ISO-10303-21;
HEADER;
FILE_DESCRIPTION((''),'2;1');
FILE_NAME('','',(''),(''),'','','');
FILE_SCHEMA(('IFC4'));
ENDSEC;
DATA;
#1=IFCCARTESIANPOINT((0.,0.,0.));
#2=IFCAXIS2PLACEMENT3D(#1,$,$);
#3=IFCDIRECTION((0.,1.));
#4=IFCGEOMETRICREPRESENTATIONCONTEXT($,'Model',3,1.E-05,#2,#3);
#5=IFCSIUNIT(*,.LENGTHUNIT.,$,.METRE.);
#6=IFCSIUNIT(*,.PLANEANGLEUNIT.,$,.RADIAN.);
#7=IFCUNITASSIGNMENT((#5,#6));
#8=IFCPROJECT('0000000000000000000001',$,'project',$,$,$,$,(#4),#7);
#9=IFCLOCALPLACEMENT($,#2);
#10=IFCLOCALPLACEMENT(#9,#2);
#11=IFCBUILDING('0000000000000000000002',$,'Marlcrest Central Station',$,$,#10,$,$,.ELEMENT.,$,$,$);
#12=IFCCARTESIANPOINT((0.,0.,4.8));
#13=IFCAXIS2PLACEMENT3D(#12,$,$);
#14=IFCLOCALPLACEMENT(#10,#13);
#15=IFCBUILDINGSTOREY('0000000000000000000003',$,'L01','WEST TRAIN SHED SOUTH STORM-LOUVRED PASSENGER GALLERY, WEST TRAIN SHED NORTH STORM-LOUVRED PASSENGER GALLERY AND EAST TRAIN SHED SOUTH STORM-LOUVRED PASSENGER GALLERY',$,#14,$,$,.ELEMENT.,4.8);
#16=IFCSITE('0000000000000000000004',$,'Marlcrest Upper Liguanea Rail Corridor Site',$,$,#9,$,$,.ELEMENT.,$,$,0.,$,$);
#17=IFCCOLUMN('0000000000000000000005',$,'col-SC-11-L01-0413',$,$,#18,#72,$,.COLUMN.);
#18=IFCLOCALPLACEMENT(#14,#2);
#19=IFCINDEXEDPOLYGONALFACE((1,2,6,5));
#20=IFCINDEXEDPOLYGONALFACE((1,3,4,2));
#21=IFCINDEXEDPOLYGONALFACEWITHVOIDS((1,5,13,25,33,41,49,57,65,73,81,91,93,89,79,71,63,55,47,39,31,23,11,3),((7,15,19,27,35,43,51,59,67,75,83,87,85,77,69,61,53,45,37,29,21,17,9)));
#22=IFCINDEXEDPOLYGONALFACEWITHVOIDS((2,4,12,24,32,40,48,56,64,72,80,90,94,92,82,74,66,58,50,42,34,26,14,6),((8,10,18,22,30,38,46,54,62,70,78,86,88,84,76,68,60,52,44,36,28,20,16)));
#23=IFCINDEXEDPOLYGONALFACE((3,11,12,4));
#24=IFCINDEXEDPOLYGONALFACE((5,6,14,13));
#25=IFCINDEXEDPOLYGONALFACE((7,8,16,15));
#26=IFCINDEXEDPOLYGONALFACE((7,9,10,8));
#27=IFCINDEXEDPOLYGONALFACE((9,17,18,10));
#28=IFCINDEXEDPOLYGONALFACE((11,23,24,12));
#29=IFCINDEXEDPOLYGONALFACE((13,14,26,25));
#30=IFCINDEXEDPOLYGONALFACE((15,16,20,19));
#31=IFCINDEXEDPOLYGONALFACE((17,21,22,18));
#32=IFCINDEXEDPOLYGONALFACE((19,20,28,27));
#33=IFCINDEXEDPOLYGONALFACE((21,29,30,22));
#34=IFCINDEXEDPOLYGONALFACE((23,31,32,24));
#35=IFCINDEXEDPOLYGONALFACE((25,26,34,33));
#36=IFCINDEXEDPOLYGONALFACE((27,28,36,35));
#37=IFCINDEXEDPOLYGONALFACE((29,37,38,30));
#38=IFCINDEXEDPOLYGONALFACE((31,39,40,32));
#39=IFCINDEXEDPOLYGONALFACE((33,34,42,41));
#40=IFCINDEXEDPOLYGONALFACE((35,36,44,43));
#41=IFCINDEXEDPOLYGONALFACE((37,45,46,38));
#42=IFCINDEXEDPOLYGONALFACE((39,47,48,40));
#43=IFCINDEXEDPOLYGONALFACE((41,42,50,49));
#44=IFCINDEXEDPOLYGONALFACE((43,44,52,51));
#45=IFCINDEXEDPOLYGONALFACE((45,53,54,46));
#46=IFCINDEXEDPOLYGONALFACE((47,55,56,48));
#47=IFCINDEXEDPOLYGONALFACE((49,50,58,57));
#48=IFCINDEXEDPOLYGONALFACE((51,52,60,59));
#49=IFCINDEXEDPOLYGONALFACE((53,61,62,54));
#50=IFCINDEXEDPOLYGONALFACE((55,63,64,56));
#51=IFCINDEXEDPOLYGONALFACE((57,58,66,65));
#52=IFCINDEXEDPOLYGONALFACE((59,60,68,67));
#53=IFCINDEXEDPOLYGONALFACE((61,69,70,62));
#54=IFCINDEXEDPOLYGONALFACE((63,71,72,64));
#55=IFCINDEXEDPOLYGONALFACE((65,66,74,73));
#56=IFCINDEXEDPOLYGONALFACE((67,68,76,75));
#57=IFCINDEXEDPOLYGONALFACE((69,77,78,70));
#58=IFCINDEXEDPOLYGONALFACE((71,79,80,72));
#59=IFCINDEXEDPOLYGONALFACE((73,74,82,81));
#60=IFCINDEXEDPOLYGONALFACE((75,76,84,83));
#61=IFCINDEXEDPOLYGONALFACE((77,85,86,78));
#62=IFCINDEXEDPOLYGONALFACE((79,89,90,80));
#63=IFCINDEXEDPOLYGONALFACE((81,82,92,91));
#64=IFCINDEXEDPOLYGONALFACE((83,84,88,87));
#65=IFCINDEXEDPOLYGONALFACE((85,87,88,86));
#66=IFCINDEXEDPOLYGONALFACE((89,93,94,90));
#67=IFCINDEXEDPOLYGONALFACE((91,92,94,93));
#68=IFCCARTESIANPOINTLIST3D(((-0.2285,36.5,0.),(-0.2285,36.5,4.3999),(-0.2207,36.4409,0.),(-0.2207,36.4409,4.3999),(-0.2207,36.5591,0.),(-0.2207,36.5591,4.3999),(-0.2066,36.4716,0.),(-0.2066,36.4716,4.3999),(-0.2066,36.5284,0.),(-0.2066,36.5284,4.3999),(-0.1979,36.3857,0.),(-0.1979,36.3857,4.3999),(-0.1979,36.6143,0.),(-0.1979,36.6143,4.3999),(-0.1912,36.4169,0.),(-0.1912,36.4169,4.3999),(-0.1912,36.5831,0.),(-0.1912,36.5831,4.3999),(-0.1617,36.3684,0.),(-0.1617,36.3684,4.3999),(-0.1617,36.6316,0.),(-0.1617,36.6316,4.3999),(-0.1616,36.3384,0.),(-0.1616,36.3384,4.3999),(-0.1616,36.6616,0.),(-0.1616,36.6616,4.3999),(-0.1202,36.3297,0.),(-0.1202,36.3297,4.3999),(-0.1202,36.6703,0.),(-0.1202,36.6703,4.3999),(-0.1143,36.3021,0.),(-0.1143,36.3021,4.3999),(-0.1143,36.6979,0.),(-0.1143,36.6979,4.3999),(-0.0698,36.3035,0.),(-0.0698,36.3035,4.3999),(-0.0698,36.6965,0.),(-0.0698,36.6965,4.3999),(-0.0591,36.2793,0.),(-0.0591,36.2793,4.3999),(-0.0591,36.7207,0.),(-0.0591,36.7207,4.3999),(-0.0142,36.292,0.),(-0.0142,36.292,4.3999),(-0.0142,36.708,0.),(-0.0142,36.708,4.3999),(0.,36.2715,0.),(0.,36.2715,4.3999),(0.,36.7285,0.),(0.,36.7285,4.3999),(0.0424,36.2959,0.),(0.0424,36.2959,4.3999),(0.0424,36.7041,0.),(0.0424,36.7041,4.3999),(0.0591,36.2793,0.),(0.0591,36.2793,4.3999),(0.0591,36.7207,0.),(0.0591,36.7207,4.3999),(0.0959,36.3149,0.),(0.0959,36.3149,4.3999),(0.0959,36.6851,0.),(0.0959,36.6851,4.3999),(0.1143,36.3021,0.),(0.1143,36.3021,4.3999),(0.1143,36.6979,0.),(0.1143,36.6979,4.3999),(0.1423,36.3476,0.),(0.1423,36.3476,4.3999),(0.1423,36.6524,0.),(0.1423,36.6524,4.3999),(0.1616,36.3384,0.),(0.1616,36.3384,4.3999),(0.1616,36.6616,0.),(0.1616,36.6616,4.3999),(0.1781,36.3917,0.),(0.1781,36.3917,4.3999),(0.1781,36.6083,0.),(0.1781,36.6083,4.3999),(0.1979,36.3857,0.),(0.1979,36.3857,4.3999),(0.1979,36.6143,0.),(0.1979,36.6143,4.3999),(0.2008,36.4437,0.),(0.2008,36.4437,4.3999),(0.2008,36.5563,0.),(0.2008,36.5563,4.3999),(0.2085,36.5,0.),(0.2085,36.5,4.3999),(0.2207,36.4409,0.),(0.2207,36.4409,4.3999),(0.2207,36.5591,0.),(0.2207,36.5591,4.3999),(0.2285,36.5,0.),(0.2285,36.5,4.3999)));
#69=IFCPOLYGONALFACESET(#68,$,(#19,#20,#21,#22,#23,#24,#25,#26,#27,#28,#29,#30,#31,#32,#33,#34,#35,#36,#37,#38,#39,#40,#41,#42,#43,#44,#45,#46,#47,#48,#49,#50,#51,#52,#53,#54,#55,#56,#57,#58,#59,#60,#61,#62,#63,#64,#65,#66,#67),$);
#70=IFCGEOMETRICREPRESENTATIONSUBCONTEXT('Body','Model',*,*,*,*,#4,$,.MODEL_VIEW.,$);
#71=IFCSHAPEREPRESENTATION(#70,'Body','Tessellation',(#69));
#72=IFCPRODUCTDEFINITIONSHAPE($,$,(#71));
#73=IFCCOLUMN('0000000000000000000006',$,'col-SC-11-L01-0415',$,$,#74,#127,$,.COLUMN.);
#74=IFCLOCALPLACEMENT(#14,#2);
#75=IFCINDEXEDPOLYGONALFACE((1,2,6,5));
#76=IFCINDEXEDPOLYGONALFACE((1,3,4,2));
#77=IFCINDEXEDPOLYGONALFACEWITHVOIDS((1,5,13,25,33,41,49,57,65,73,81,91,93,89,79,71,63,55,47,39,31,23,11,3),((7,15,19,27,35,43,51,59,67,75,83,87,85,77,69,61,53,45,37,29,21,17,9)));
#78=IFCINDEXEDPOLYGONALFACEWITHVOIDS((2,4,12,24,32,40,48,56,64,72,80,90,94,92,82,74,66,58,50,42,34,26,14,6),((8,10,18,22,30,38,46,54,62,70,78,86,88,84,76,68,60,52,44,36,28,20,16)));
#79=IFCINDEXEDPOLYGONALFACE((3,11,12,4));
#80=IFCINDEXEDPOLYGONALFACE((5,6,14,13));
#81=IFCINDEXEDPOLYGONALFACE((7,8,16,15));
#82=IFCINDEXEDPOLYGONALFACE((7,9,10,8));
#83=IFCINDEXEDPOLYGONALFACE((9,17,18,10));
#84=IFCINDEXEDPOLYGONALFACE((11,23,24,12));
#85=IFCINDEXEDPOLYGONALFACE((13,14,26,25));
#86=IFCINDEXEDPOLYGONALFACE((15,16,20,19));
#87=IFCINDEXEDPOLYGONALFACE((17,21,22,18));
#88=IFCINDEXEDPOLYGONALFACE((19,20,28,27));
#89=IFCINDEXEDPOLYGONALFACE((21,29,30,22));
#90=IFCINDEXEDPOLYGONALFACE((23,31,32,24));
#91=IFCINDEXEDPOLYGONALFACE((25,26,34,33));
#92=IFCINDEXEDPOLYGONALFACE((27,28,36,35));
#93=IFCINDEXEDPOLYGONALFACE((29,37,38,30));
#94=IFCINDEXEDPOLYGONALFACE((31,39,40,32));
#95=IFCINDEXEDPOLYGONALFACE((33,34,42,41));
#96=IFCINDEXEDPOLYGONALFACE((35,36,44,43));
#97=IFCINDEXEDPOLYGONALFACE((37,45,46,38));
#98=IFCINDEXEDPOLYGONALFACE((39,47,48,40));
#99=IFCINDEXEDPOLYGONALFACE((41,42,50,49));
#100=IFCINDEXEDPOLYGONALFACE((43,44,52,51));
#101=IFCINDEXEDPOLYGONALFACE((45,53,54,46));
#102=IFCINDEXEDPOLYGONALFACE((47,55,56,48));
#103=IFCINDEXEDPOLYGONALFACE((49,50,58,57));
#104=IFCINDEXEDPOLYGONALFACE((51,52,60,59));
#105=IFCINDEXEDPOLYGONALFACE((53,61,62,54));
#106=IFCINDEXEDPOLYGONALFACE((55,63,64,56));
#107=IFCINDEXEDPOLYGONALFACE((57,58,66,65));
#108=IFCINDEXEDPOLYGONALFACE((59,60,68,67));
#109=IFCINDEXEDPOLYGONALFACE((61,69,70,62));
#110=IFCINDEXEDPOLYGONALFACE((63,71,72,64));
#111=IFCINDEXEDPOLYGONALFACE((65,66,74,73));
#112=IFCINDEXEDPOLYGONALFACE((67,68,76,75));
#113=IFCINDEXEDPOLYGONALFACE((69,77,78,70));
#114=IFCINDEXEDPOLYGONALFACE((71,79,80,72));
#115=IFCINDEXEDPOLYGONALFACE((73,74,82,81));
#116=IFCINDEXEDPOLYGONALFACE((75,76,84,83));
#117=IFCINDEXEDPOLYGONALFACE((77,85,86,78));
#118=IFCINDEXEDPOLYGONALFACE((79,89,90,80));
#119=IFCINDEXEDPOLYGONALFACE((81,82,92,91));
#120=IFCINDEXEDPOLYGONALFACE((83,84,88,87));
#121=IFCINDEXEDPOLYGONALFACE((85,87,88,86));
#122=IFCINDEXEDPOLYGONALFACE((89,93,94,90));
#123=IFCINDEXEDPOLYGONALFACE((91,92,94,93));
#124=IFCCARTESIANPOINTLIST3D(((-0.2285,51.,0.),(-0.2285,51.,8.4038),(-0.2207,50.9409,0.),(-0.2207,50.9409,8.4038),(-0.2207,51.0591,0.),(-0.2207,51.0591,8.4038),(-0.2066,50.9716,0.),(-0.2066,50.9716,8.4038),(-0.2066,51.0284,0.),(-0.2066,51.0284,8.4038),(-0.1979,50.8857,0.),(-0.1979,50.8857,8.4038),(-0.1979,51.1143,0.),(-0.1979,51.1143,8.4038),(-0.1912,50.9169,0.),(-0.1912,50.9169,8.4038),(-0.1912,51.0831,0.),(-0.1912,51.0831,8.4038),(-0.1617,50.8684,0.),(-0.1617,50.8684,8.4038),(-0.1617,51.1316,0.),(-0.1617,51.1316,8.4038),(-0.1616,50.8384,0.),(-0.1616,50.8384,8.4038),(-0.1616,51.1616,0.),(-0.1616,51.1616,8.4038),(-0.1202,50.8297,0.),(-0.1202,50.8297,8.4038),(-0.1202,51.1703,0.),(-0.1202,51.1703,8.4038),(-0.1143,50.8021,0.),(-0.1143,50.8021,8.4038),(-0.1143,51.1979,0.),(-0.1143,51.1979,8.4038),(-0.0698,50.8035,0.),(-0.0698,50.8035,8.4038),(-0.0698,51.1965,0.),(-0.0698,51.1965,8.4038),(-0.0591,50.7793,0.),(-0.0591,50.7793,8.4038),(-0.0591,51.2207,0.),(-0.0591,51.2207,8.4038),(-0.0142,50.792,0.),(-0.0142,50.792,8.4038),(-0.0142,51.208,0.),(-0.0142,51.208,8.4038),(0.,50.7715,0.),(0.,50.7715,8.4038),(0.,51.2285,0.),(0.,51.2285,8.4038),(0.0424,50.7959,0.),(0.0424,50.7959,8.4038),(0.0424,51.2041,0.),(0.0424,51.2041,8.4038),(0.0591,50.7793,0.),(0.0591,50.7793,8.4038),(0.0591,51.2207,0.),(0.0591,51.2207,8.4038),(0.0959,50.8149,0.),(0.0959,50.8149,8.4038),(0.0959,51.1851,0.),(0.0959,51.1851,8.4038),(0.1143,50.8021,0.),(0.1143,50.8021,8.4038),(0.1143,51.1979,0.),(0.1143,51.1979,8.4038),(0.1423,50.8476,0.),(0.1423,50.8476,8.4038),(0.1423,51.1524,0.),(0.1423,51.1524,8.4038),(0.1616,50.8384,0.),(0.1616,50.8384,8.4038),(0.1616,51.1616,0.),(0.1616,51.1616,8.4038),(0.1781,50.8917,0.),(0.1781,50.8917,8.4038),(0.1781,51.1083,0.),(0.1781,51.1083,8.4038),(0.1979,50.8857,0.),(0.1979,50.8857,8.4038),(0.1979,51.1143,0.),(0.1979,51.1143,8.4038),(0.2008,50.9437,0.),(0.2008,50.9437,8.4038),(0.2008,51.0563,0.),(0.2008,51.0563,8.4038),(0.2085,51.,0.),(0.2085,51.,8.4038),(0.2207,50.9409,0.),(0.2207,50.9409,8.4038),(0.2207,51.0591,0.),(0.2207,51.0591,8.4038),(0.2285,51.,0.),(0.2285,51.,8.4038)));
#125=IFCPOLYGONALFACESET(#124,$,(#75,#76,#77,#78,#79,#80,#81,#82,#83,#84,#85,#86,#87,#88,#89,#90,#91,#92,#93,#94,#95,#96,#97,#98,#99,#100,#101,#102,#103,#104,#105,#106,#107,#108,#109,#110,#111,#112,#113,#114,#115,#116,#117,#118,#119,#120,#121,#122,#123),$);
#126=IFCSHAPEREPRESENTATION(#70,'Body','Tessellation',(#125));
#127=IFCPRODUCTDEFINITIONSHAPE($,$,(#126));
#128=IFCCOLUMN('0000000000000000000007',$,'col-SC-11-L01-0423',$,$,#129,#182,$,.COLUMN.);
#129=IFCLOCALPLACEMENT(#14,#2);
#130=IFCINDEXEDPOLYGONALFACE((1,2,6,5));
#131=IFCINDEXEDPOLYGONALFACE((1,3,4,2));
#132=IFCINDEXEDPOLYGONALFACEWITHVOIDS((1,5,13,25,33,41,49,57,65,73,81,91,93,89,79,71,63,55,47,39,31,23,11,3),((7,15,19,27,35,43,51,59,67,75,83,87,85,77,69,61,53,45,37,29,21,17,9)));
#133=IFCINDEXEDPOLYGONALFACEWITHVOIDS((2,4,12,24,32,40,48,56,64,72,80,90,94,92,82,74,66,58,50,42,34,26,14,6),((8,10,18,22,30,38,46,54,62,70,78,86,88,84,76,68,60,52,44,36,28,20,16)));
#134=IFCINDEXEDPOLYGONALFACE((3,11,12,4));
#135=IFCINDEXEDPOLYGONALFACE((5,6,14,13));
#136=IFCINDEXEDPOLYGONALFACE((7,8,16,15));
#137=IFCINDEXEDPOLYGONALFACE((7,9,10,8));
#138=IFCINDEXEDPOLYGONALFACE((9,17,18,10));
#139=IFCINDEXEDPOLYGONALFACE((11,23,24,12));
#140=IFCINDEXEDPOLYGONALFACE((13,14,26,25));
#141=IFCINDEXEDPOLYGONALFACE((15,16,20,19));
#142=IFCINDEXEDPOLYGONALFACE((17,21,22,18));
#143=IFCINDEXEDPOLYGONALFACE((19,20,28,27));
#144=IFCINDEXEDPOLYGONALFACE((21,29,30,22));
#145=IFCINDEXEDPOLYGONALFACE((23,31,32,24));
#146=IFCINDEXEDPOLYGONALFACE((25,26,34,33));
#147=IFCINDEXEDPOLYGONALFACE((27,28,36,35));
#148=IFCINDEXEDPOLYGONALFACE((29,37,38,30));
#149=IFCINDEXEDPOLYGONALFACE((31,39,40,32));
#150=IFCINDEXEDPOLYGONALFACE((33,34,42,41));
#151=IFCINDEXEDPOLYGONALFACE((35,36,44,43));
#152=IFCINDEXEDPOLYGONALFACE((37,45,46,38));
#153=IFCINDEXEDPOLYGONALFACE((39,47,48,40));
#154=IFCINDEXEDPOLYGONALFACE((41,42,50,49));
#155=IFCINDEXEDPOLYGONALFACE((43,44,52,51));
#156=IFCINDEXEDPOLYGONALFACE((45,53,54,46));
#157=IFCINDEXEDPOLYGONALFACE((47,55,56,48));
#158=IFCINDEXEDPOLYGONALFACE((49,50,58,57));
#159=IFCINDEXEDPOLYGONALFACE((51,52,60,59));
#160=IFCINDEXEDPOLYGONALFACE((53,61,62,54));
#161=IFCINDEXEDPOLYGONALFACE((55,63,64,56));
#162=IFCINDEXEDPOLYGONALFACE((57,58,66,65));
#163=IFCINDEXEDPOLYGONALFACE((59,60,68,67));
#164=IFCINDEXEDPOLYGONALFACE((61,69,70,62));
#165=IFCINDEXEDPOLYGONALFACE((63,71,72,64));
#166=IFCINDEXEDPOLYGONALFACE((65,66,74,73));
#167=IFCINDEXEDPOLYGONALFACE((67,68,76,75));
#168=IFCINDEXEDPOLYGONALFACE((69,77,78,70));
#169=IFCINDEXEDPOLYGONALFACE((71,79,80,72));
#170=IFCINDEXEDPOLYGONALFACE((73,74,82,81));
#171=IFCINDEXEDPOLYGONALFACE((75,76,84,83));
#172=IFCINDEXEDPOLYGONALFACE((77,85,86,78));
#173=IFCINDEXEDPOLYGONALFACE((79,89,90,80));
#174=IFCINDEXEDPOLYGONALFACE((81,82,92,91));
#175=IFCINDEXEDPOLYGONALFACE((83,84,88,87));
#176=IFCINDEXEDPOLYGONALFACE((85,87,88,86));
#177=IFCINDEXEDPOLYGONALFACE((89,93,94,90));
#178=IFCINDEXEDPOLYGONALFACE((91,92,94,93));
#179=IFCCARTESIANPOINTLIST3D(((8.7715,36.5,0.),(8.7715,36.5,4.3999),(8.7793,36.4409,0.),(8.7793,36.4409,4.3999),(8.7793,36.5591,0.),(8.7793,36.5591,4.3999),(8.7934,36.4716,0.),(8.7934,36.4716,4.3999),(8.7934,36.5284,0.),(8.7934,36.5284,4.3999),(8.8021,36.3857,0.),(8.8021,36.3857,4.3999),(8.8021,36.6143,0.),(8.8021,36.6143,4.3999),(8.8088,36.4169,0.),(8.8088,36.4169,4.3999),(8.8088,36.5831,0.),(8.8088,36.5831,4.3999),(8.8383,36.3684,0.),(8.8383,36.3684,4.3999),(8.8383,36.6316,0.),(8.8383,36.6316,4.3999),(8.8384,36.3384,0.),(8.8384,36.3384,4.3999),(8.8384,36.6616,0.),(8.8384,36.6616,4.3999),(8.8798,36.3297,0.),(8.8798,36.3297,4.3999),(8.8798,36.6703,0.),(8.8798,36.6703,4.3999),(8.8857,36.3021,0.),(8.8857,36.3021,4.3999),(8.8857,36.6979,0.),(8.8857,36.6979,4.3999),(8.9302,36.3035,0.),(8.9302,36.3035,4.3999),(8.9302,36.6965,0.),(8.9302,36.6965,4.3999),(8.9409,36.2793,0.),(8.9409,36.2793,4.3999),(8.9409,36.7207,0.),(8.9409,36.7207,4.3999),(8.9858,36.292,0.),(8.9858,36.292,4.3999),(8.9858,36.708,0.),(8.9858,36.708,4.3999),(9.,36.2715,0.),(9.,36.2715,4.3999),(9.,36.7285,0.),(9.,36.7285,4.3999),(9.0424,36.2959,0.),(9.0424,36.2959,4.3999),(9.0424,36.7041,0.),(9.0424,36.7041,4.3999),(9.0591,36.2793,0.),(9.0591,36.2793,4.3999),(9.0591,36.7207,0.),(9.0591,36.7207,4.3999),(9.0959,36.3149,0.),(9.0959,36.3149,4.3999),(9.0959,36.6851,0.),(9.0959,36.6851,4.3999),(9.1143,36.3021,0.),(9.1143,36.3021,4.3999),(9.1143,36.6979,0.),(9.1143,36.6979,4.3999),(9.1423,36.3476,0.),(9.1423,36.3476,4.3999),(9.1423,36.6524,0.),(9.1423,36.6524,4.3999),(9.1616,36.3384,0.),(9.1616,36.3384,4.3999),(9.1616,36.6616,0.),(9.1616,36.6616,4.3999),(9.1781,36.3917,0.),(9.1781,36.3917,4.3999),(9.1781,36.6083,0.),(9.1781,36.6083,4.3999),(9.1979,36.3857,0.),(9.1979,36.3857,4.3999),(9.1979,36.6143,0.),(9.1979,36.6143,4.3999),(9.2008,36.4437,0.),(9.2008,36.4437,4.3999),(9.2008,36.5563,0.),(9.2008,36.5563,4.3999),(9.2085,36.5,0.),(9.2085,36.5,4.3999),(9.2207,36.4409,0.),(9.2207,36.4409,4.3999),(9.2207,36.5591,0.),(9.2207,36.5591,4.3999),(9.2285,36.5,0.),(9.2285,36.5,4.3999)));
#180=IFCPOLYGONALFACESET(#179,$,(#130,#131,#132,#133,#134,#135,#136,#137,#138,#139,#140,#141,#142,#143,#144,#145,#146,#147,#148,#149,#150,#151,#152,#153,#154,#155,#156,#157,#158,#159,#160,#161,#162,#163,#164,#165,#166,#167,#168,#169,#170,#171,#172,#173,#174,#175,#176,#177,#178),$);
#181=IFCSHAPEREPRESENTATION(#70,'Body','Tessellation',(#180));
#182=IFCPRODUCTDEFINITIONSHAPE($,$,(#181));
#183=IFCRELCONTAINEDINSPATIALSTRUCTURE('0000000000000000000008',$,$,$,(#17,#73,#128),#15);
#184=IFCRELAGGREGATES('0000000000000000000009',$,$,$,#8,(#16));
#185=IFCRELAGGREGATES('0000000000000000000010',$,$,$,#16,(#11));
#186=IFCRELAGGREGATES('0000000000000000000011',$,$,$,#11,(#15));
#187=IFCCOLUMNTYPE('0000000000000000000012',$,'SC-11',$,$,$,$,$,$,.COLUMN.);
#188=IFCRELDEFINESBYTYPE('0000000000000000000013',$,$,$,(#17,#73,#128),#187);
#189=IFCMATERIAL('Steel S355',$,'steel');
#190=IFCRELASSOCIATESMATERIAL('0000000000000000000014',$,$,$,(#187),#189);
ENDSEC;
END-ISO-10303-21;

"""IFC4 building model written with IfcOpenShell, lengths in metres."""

from ifc_helpers import new_model, si_unit, direction, frame, origin, origin_2d, place, context, subcontext, project, spatial, hollow_circle, extrude, material, material_profile, profile_set, type_object, element, save


model = new_model("IFC4")

# Units and contexts
model_context = context("Model", 3, precision=1e-05, world=origin(), true_north=direction((0.0, 1.0)))
body_context = subcontext(model_context, "Body", "Model", "MODEL_VIEW")
ifc_project = project(units=[si_unit("LENGTHUNIT", "METRE"), si_unit("PLANEANGLEUNIT", "RADIAN")], contexts=[model_context])

# Site, building, storey
site_placement = place(None, origin())
site = spatial("IfcSite", under=ifc_project, at=site_placement, Name="Marlcrest Upper Liguanea Rail Corridor Site", CompositionType="ELEMENT", RefElevation=0.0)
building_placement = place(site_placement, origin())
building = spatial("IfcBuilding", under=site, at=building_placement, Name="Marlcrest Central Station", CompositionType="ELEMENT")
storey_placement = place(building_placement, frame((0.0, 0.0, 4.8)))
storey = spatial("IfcBuildingStorey", under=building, at=storey_placement, Name="L01", Description="WEST TRAIN SHED SOUTH STORM-LOUVRED PASSENGER GALLERY, WEST TRAIN SHED NORTH STORM-LOUVRED PASSENGER GALLERY AND EAST TRAIN SHED SOUTH STORM-LOUVRED PASSENGER GALLERY", CompositionType="ELEMENT", Elevation=4.8)

# Columns
ifc_material_1 = material(Name="Steel S355", Category="steel")
ifc_material_profile = material_profile(ifc_material_1, hollow_circle(Radius=0.2285, WallThickness=0.02, at=origin_2d()), Name="CHS 457x20")
ifc_profile_set = profile_set([ifc_material_profile], Name="Steel S355")
column_type = type_object("IfcColumnType", Name="SC-11", PredefinedType="COLUMN", material=ifc_profile_set)
column_1_placement = place(storey_placement, frame((0.0, 36.5, 0.0), z_axis=(0.0, 0.0, 1.0), x_axis=(1.0, 0.0, 0.0)))
element("IfcColumn", 1, at=column_1_placement, inside=storey, type_object=column_type, Name="col-SC-11-L01-0413", PredefinedType="COLUMN", context=body_context, shape_type="SweptSolid", body=[
    extrude(hollow_circle(Radius=0.2285, WallThickness=0.02, at=origin_2d()), origin(), (0.0, 0.0, 1.0), 4.3999),
])
column_2_placement = place(storey_placement, frame((0.0, 51.0, 0.0), z_axis=(0.0, 0.0, 1.0), x_axis=(1.0, 0.0, 0.0)))
element("IfcColumn", 2, at=column_2_placement, inside=storey, type_object=column_type, Name="col-SC-11-L01-0415", PredefinedType="COLUMN", context=body_context, shape_type="SweptSolid", body=[
    extrude(hollow_circle(Radius=0.2285, WallThickness=0.02, at=origin_2d()), origin(), (0.0, 0.0, 1.0), 8.4038),
])
column_3_placement = place(storey_placement, frame((9.0, 36.5, 0.0), z_axis=(0.0, 0.0, 1.0), x_axis=(1.0, 0.0, 0.0)))
element("IfcColumn", 3, at=column_3_placement, inside=storey, type_object=column_type, Name="col-SC-11-L01-0423", PredefinedType="COLUMN", context=body_context, shape_type="SweptSolid", body=[
    extrude(hollow_circle(Radius=0.2285, WallThickness=0.02, at=origin_2d()), origin(), (0.0, 0.0, 1.0), 4.3999),
])

save(model, "model.ifc")
